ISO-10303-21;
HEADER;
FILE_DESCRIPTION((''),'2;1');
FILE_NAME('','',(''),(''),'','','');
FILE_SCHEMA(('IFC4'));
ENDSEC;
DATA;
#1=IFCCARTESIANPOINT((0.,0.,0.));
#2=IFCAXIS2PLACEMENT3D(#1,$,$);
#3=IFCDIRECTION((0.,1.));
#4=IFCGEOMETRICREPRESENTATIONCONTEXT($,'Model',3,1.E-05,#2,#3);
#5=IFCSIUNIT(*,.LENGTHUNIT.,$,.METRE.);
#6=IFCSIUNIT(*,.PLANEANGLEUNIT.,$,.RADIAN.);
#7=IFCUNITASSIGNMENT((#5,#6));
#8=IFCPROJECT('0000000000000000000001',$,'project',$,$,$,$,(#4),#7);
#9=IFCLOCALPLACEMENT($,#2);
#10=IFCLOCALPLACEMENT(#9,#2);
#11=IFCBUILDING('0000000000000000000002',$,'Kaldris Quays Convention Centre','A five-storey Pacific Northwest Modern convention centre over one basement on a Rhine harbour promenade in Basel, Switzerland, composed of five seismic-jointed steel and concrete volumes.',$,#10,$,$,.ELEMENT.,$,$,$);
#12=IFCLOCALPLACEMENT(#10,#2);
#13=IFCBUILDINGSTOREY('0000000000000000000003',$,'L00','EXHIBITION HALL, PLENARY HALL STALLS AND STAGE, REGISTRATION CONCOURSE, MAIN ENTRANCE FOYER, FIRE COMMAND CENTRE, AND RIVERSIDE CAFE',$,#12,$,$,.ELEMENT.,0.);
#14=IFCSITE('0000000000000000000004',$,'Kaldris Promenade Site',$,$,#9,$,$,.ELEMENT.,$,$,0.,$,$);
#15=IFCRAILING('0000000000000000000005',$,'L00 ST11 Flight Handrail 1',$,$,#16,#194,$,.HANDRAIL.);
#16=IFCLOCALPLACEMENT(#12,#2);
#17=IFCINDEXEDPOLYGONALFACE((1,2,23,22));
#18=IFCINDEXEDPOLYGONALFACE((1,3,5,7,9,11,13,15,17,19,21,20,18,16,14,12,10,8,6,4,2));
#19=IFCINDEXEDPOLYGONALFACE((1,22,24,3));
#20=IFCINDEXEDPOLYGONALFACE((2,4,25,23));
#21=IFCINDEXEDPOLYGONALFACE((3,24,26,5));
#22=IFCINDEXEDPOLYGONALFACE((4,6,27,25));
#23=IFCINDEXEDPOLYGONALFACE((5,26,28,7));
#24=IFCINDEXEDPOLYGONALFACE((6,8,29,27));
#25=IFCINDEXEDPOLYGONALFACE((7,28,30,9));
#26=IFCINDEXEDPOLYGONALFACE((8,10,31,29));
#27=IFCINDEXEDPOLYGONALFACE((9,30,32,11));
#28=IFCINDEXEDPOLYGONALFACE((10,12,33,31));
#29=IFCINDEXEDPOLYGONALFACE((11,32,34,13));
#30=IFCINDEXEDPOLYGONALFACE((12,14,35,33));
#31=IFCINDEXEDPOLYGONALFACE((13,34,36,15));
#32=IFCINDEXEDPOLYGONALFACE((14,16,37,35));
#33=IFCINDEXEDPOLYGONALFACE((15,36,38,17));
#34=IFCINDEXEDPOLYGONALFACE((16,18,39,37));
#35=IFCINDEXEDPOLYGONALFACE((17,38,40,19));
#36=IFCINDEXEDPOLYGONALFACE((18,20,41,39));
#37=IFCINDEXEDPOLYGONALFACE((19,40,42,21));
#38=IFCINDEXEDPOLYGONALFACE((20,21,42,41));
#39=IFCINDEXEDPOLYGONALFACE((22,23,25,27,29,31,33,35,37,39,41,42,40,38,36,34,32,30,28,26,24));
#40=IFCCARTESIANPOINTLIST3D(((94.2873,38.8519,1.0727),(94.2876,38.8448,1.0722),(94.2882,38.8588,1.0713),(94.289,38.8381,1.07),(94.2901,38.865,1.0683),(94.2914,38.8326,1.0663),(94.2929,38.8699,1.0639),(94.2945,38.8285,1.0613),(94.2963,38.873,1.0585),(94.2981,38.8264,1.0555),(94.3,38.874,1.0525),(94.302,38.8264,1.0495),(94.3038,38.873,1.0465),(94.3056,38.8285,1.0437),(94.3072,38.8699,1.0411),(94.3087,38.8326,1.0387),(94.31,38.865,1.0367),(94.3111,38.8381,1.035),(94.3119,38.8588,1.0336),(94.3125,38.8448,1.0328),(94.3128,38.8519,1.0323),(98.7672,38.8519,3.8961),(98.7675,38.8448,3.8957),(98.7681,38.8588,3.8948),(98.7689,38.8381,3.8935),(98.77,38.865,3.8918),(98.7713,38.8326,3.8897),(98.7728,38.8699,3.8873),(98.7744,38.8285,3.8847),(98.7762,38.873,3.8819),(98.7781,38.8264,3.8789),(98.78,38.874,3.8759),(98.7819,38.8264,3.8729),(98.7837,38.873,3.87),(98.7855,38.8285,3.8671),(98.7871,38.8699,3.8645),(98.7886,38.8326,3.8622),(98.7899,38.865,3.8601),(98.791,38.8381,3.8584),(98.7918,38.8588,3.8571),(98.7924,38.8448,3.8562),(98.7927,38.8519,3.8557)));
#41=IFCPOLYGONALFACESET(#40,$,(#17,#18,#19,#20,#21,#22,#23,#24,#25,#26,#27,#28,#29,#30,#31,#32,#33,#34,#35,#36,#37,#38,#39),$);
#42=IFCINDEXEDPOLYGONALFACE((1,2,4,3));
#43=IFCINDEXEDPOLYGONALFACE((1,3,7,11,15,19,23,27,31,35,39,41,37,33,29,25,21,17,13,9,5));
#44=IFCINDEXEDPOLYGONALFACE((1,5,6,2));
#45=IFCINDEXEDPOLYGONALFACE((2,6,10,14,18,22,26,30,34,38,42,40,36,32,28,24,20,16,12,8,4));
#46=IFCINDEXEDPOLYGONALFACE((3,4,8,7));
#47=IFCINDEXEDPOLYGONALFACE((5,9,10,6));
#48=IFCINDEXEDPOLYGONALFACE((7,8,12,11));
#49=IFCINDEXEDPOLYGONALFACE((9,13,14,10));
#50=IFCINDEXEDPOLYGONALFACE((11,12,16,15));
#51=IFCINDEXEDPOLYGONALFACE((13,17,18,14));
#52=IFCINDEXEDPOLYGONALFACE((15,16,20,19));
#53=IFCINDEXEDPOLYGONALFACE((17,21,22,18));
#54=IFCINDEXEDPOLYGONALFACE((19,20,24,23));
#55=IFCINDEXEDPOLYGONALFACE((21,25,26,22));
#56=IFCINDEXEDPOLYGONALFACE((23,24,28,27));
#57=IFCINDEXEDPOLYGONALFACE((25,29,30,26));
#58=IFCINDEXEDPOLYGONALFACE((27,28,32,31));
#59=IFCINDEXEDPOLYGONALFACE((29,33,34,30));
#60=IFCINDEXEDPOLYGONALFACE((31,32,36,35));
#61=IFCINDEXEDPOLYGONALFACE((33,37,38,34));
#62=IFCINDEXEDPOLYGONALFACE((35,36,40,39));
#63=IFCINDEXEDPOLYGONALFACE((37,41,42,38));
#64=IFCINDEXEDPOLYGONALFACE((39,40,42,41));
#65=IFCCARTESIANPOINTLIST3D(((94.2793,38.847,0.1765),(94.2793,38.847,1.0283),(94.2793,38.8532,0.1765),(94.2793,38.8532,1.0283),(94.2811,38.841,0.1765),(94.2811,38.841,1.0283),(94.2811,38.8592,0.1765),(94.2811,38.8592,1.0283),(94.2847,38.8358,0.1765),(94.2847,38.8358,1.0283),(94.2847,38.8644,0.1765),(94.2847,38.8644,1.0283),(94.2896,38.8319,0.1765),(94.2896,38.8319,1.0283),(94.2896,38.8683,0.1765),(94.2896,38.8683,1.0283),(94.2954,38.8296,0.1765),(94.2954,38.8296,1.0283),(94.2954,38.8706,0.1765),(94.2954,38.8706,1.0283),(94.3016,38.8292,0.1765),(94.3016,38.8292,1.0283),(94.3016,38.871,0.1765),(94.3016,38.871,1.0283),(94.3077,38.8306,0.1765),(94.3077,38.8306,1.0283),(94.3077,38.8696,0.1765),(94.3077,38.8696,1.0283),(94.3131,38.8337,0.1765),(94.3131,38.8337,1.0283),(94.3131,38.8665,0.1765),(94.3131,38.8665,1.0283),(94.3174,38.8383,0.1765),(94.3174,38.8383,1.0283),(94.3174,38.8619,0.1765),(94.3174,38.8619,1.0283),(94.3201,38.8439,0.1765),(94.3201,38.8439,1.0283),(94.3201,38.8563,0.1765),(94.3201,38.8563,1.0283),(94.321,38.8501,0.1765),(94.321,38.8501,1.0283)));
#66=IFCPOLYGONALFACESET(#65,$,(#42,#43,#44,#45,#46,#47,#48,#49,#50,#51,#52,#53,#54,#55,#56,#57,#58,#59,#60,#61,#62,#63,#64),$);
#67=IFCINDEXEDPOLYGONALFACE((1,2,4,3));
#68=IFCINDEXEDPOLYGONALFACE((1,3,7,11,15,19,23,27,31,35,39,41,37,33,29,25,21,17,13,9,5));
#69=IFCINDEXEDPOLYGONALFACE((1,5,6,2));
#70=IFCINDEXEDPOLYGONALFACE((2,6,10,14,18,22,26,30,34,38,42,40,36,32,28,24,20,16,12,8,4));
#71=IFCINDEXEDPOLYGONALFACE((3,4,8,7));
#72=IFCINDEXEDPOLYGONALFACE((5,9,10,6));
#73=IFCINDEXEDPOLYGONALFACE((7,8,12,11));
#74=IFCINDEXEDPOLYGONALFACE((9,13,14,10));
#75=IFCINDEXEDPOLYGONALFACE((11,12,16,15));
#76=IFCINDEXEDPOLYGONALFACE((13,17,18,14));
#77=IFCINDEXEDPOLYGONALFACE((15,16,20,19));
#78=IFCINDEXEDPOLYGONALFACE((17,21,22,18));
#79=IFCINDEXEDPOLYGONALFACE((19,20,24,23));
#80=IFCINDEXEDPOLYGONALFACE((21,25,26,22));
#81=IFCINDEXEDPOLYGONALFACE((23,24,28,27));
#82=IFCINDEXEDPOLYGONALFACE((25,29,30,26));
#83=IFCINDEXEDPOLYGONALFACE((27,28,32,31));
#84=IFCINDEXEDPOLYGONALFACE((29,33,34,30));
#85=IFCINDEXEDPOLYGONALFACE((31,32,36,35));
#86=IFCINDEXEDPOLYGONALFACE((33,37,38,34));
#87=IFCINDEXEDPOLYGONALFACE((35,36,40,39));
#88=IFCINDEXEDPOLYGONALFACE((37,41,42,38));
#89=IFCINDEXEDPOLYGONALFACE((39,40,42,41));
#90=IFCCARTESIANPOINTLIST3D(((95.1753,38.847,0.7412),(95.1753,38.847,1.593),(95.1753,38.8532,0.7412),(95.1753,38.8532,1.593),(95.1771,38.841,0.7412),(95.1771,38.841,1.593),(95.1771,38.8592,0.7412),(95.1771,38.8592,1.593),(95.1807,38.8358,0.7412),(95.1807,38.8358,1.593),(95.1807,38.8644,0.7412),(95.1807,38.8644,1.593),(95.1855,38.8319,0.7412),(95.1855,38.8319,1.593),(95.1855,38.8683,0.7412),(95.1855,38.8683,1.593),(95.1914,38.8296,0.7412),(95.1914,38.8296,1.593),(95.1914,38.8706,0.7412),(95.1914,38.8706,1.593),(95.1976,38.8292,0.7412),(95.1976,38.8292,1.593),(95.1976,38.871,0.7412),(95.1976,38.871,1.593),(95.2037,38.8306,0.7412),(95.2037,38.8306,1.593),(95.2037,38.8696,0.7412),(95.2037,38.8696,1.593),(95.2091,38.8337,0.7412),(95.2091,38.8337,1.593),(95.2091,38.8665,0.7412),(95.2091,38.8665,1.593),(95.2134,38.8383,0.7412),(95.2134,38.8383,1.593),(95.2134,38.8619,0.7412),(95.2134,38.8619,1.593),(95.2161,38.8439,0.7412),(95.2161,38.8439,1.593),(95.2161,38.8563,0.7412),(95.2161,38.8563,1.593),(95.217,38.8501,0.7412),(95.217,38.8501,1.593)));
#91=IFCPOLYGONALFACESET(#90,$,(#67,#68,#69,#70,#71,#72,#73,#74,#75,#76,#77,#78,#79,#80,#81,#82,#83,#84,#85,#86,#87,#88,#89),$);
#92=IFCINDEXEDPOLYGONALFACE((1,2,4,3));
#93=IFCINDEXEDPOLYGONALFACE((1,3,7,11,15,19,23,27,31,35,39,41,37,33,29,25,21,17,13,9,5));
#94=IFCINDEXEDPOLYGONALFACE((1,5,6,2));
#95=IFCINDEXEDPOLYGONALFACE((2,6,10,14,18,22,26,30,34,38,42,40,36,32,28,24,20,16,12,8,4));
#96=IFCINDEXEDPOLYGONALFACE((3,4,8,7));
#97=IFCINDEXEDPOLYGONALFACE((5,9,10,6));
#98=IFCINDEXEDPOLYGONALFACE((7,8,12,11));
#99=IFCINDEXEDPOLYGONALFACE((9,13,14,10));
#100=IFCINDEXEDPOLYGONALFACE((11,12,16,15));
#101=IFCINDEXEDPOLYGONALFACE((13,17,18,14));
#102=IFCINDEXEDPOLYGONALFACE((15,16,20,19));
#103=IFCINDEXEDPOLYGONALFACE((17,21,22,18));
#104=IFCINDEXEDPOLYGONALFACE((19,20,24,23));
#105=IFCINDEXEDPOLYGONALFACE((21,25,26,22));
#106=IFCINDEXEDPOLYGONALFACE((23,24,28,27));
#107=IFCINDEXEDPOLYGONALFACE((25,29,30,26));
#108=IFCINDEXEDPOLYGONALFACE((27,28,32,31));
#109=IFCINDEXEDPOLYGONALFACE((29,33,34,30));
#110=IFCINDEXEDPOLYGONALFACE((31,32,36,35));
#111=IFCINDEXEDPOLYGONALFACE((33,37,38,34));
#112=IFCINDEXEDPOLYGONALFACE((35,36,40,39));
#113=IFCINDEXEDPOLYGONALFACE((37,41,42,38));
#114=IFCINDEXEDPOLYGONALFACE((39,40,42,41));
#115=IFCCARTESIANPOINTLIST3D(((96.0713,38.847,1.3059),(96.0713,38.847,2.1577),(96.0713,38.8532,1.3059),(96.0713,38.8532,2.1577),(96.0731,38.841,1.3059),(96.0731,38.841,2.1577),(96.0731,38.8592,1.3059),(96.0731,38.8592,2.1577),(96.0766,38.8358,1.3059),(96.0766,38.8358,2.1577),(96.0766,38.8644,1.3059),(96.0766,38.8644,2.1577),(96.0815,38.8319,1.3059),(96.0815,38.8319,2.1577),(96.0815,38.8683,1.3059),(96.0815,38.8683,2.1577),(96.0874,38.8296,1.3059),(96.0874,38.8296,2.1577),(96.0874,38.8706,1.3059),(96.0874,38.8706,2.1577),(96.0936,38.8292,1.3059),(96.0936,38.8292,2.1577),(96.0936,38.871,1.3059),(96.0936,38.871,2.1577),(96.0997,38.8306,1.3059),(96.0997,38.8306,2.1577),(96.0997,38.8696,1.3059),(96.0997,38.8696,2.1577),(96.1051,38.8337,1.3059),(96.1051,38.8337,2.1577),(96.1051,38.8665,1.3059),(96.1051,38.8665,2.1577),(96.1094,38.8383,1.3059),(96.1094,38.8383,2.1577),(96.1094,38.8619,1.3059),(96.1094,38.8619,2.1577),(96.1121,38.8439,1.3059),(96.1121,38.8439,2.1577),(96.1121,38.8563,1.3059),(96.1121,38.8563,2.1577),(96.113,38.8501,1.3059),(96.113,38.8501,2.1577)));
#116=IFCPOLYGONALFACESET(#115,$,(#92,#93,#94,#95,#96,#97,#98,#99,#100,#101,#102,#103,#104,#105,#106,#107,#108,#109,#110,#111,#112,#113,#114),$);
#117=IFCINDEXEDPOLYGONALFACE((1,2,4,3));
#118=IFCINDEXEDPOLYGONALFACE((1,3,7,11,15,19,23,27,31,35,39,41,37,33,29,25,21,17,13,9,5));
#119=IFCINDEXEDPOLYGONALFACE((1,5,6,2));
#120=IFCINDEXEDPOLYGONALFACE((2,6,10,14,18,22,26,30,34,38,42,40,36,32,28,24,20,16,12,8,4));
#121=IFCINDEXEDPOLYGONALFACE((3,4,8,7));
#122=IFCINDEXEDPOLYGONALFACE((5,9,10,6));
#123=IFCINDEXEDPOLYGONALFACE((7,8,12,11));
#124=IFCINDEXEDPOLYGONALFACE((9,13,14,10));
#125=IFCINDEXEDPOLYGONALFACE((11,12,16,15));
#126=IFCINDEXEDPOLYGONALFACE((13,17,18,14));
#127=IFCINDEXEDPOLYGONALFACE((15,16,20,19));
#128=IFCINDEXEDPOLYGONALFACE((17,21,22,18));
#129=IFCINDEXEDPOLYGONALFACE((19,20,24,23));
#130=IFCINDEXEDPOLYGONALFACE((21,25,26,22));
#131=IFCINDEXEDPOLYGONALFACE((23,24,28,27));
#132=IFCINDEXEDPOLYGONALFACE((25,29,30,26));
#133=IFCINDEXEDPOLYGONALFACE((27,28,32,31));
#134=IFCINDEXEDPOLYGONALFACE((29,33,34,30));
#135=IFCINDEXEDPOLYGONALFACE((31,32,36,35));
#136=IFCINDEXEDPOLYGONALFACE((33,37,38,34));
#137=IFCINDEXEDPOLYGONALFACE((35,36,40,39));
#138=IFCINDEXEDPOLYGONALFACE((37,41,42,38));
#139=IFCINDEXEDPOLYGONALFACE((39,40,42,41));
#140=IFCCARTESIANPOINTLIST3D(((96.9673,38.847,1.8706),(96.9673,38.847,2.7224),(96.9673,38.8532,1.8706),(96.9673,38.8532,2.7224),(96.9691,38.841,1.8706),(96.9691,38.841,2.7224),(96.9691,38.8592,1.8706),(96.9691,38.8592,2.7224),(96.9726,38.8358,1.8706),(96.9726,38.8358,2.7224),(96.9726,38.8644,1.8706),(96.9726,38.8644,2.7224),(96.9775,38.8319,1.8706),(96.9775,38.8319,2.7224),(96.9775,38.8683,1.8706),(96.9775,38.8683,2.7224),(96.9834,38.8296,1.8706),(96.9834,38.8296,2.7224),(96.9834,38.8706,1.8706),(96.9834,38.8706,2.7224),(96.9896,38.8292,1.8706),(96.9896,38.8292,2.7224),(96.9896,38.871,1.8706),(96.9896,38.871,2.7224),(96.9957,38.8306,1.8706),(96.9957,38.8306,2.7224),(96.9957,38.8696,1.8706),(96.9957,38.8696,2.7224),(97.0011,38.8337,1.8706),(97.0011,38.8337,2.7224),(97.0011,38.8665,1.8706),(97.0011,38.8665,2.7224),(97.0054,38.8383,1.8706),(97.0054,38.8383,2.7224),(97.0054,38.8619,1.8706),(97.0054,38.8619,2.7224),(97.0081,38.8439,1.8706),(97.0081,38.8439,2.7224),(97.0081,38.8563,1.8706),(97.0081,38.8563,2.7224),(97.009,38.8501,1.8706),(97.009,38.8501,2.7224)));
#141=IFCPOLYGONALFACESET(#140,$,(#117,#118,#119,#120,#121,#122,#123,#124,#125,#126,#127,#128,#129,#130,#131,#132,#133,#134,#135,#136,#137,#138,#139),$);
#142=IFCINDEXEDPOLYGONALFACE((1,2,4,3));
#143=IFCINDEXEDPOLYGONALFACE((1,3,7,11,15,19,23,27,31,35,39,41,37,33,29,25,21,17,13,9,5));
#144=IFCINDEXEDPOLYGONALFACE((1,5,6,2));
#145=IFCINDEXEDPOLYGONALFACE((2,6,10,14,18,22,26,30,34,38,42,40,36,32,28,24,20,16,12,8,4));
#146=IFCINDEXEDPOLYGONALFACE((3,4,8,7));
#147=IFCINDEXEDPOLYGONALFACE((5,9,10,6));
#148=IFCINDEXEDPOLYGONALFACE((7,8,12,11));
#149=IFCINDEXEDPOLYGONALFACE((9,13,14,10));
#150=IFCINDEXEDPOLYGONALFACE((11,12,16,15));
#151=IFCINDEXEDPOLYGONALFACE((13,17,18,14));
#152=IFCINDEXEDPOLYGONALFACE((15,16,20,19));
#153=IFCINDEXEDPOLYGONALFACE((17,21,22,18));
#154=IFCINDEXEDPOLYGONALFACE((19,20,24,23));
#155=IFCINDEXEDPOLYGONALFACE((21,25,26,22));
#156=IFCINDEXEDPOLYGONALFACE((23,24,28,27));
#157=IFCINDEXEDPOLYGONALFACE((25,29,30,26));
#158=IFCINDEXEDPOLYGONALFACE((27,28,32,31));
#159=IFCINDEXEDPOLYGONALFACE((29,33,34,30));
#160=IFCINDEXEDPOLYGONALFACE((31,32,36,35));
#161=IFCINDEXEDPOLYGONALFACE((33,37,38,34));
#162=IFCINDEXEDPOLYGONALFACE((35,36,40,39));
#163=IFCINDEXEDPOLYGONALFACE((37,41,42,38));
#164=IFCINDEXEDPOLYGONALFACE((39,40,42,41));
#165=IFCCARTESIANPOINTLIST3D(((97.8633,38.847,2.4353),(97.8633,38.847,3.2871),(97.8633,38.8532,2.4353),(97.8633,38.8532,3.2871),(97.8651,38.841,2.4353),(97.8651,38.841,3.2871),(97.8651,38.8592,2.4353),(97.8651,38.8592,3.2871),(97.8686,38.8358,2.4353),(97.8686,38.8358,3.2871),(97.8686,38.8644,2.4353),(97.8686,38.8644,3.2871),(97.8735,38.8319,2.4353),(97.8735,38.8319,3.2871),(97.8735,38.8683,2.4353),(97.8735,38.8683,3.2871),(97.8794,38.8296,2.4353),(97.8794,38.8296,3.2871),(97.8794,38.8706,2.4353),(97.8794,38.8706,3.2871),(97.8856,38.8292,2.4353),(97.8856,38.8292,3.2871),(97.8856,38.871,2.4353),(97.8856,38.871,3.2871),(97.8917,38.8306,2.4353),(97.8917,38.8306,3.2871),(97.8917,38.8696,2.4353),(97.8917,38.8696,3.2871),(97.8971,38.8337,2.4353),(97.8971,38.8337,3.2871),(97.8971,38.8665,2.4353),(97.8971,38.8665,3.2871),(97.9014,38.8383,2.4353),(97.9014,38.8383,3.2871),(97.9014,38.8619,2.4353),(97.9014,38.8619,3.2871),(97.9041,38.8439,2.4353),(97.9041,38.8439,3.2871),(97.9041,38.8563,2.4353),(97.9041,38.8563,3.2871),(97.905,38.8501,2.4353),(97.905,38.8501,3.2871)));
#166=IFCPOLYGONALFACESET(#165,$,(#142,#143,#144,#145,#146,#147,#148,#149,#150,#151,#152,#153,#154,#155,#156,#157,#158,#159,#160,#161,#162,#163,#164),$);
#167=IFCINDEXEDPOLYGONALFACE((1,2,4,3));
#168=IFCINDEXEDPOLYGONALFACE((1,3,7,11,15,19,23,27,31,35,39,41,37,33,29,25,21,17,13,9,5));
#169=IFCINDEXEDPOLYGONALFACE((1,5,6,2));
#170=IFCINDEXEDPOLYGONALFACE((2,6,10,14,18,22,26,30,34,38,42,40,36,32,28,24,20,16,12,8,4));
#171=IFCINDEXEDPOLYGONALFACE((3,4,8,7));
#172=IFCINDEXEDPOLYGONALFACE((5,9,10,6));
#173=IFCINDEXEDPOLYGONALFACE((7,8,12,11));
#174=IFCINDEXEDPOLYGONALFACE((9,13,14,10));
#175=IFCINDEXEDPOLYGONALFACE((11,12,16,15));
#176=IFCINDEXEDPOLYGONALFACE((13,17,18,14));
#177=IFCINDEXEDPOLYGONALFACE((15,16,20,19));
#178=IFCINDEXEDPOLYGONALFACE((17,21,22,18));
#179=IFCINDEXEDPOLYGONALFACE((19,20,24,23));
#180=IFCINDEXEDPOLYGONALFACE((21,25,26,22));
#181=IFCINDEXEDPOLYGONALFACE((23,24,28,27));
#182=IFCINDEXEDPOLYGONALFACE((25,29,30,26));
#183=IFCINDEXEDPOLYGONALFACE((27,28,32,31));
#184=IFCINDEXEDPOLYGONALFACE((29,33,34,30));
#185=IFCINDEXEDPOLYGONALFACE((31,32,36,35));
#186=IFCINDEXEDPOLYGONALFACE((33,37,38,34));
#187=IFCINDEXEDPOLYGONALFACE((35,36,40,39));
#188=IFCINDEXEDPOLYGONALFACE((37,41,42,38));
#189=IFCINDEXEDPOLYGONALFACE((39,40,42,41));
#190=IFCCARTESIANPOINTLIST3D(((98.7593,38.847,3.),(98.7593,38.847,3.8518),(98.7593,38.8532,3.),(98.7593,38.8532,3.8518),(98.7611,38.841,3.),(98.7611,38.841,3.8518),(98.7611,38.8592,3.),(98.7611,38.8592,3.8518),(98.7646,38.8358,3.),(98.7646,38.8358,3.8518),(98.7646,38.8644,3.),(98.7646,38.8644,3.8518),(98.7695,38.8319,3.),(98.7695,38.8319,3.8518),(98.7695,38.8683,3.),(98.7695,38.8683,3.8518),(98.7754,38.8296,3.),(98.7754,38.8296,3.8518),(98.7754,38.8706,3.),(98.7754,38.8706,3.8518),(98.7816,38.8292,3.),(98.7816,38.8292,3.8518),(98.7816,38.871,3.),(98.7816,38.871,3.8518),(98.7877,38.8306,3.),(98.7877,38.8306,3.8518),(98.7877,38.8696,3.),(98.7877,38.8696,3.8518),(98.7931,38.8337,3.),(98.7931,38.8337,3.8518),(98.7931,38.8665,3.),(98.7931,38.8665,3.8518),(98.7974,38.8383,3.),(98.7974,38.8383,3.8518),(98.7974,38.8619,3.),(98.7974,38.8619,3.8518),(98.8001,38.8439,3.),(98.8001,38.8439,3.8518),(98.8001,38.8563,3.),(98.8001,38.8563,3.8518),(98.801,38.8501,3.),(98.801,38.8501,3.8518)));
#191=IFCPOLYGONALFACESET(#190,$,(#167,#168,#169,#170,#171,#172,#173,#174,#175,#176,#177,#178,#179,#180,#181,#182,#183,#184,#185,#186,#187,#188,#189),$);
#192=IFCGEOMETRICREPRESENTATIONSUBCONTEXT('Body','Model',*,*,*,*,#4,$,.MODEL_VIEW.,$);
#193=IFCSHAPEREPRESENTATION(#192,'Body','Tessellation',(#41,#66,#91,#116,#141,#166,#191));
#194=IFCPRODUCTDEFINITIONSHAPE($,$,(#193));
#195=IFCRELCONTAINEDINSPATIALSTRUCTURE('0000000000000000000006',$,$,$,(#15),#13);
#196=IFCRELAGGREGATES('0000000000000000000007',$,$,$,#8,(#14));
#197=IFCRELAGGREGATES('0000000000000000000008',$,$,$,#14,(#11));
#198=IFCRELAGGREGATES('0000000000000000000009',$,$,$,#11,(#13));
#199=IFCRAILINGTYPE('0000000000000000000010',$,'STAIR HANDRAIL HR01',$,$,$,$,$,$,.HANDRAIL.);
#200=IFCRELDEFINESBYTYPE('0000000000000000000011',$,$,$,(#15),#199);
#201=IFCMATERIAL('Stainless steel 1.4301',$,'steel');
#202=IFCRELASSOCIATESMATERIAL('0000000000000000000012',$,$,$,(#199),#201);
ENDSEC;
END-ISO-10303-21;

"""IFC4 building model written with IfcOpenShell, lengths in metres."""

from ifc_helpers import new_model, si_unit, direction, frame, origin, origin_2d, place, context, subcontext, project, spatial, circle, extrude, material, type_object, element, save


model = new_model("IFC4")

# Units and contexts
model_context = context("Model", 3, precision=1e-05, world=origin(), true_north=direction((0.0, 1.0)))
body_context = subcontext(model_context, "Body", "Model", "MODEL_VIEW")
ifc_project = project(units=[si_unit("LENGTHUNIT", "METRE"), si_unit("PLANEANGLEUNIT", "RADIAN")], contexts=[model_context])

# Site, building, storey
site_placement = place(None, origin())
site = spatial("IfcSite", under=ifc_project, at=site_placement, Name="Kaldris Promenade Site", CompositionType="ELEMENT", RefElevation=0.0)
building_placement = place(site_placement, origin())
building = spatial("IfcBuilding", under=site, at=building_placement, Name="Kaldris Quays Convention Centre", Description="A five-storey Pacific Northwest Modern convention centre over one basement on a Rhine harbour promenade in Basel, Switzerland, composed of five seismic-jointed steel and concrete volumes.", CompositionType="ELEMENT")
storey_placement = place(building_placement, origin())
storey = spatial("IfcBuildingStorey", under=building, at=storey_placement, Name="L00", Description="EXHIBITION HALL, PLENARY HALL STALLS AND STAGE, REGISTRATION CONCOURSE, MAIN ENTRANCE FOYER, FIRE COMMAND CENTRE, AND RIVERSIDE CAFE", CompositionType="ELEMENT", Elevation=0.0)

# Railing
ifc_material_1 = material(Name="Stainless steel 1.4301", Category="steel")
railing_type_1 = type_object("IfcRailingType", Name="STAIR HANDRAIL HR01", PredefinedType="HANDRAIL", material=ifc_material_1)
railing_1_placement = place(storey_placement, frame((94.3, 38.8501, 0.1765)))
element("IfcRailing", 1, at=railing_1_placement, inside=storey, type_object=railing_type_1, Name="L00 ST11 Flight Handrail 1", PredefinedType="HANDRAIL", context=body_context, shape_type="SweptSolid", body=[
    extrude(circle(Radius=0.0239, at=origin_2d()), frame((0.0, 0.0, 0.876), z_axis=(0.845998, 0.0, 0.533186), x_axis=(0.0, 1.0, 0.0)), (0.0, 0.0, 1.0), 5.2954),
    extrude(circle(Radius=0.021, at=origin_2d()), origin(), (0.0, 0.0, 1.0), 0.8518),
    extrude(circle(Radius=0.021, at=origin_2d()), frame((0.896, 0.0, 0.5647)), (0.0, 0.0, 1.0), 0.8518),
    extrude(circle(Radius=0.021, at=origin_2d()), frame((1.792, 0.0, 1.1294)), (0.0, 0.0, 1.0), 0.8518),
    extrude(circle(Radius=0.021, at=origin_2d()), frame((2.688, 0.0, 1.6941)), (0.0, 0.0, 1.0), 0.8518),
    extrude(circle(Radius=0.021, at=origin_2d()), frame((3.584, 0.0, 2.2588)), (0.0, 0.0, 1.0), 0.8518),
    extrude(circle(Radius=0.021, at=origin_2d()), frame((4.48, 0.0, 2.8235)), (0.0, 0.0, 1.0), 0.8518),
])

save(model, "model.ifc")
